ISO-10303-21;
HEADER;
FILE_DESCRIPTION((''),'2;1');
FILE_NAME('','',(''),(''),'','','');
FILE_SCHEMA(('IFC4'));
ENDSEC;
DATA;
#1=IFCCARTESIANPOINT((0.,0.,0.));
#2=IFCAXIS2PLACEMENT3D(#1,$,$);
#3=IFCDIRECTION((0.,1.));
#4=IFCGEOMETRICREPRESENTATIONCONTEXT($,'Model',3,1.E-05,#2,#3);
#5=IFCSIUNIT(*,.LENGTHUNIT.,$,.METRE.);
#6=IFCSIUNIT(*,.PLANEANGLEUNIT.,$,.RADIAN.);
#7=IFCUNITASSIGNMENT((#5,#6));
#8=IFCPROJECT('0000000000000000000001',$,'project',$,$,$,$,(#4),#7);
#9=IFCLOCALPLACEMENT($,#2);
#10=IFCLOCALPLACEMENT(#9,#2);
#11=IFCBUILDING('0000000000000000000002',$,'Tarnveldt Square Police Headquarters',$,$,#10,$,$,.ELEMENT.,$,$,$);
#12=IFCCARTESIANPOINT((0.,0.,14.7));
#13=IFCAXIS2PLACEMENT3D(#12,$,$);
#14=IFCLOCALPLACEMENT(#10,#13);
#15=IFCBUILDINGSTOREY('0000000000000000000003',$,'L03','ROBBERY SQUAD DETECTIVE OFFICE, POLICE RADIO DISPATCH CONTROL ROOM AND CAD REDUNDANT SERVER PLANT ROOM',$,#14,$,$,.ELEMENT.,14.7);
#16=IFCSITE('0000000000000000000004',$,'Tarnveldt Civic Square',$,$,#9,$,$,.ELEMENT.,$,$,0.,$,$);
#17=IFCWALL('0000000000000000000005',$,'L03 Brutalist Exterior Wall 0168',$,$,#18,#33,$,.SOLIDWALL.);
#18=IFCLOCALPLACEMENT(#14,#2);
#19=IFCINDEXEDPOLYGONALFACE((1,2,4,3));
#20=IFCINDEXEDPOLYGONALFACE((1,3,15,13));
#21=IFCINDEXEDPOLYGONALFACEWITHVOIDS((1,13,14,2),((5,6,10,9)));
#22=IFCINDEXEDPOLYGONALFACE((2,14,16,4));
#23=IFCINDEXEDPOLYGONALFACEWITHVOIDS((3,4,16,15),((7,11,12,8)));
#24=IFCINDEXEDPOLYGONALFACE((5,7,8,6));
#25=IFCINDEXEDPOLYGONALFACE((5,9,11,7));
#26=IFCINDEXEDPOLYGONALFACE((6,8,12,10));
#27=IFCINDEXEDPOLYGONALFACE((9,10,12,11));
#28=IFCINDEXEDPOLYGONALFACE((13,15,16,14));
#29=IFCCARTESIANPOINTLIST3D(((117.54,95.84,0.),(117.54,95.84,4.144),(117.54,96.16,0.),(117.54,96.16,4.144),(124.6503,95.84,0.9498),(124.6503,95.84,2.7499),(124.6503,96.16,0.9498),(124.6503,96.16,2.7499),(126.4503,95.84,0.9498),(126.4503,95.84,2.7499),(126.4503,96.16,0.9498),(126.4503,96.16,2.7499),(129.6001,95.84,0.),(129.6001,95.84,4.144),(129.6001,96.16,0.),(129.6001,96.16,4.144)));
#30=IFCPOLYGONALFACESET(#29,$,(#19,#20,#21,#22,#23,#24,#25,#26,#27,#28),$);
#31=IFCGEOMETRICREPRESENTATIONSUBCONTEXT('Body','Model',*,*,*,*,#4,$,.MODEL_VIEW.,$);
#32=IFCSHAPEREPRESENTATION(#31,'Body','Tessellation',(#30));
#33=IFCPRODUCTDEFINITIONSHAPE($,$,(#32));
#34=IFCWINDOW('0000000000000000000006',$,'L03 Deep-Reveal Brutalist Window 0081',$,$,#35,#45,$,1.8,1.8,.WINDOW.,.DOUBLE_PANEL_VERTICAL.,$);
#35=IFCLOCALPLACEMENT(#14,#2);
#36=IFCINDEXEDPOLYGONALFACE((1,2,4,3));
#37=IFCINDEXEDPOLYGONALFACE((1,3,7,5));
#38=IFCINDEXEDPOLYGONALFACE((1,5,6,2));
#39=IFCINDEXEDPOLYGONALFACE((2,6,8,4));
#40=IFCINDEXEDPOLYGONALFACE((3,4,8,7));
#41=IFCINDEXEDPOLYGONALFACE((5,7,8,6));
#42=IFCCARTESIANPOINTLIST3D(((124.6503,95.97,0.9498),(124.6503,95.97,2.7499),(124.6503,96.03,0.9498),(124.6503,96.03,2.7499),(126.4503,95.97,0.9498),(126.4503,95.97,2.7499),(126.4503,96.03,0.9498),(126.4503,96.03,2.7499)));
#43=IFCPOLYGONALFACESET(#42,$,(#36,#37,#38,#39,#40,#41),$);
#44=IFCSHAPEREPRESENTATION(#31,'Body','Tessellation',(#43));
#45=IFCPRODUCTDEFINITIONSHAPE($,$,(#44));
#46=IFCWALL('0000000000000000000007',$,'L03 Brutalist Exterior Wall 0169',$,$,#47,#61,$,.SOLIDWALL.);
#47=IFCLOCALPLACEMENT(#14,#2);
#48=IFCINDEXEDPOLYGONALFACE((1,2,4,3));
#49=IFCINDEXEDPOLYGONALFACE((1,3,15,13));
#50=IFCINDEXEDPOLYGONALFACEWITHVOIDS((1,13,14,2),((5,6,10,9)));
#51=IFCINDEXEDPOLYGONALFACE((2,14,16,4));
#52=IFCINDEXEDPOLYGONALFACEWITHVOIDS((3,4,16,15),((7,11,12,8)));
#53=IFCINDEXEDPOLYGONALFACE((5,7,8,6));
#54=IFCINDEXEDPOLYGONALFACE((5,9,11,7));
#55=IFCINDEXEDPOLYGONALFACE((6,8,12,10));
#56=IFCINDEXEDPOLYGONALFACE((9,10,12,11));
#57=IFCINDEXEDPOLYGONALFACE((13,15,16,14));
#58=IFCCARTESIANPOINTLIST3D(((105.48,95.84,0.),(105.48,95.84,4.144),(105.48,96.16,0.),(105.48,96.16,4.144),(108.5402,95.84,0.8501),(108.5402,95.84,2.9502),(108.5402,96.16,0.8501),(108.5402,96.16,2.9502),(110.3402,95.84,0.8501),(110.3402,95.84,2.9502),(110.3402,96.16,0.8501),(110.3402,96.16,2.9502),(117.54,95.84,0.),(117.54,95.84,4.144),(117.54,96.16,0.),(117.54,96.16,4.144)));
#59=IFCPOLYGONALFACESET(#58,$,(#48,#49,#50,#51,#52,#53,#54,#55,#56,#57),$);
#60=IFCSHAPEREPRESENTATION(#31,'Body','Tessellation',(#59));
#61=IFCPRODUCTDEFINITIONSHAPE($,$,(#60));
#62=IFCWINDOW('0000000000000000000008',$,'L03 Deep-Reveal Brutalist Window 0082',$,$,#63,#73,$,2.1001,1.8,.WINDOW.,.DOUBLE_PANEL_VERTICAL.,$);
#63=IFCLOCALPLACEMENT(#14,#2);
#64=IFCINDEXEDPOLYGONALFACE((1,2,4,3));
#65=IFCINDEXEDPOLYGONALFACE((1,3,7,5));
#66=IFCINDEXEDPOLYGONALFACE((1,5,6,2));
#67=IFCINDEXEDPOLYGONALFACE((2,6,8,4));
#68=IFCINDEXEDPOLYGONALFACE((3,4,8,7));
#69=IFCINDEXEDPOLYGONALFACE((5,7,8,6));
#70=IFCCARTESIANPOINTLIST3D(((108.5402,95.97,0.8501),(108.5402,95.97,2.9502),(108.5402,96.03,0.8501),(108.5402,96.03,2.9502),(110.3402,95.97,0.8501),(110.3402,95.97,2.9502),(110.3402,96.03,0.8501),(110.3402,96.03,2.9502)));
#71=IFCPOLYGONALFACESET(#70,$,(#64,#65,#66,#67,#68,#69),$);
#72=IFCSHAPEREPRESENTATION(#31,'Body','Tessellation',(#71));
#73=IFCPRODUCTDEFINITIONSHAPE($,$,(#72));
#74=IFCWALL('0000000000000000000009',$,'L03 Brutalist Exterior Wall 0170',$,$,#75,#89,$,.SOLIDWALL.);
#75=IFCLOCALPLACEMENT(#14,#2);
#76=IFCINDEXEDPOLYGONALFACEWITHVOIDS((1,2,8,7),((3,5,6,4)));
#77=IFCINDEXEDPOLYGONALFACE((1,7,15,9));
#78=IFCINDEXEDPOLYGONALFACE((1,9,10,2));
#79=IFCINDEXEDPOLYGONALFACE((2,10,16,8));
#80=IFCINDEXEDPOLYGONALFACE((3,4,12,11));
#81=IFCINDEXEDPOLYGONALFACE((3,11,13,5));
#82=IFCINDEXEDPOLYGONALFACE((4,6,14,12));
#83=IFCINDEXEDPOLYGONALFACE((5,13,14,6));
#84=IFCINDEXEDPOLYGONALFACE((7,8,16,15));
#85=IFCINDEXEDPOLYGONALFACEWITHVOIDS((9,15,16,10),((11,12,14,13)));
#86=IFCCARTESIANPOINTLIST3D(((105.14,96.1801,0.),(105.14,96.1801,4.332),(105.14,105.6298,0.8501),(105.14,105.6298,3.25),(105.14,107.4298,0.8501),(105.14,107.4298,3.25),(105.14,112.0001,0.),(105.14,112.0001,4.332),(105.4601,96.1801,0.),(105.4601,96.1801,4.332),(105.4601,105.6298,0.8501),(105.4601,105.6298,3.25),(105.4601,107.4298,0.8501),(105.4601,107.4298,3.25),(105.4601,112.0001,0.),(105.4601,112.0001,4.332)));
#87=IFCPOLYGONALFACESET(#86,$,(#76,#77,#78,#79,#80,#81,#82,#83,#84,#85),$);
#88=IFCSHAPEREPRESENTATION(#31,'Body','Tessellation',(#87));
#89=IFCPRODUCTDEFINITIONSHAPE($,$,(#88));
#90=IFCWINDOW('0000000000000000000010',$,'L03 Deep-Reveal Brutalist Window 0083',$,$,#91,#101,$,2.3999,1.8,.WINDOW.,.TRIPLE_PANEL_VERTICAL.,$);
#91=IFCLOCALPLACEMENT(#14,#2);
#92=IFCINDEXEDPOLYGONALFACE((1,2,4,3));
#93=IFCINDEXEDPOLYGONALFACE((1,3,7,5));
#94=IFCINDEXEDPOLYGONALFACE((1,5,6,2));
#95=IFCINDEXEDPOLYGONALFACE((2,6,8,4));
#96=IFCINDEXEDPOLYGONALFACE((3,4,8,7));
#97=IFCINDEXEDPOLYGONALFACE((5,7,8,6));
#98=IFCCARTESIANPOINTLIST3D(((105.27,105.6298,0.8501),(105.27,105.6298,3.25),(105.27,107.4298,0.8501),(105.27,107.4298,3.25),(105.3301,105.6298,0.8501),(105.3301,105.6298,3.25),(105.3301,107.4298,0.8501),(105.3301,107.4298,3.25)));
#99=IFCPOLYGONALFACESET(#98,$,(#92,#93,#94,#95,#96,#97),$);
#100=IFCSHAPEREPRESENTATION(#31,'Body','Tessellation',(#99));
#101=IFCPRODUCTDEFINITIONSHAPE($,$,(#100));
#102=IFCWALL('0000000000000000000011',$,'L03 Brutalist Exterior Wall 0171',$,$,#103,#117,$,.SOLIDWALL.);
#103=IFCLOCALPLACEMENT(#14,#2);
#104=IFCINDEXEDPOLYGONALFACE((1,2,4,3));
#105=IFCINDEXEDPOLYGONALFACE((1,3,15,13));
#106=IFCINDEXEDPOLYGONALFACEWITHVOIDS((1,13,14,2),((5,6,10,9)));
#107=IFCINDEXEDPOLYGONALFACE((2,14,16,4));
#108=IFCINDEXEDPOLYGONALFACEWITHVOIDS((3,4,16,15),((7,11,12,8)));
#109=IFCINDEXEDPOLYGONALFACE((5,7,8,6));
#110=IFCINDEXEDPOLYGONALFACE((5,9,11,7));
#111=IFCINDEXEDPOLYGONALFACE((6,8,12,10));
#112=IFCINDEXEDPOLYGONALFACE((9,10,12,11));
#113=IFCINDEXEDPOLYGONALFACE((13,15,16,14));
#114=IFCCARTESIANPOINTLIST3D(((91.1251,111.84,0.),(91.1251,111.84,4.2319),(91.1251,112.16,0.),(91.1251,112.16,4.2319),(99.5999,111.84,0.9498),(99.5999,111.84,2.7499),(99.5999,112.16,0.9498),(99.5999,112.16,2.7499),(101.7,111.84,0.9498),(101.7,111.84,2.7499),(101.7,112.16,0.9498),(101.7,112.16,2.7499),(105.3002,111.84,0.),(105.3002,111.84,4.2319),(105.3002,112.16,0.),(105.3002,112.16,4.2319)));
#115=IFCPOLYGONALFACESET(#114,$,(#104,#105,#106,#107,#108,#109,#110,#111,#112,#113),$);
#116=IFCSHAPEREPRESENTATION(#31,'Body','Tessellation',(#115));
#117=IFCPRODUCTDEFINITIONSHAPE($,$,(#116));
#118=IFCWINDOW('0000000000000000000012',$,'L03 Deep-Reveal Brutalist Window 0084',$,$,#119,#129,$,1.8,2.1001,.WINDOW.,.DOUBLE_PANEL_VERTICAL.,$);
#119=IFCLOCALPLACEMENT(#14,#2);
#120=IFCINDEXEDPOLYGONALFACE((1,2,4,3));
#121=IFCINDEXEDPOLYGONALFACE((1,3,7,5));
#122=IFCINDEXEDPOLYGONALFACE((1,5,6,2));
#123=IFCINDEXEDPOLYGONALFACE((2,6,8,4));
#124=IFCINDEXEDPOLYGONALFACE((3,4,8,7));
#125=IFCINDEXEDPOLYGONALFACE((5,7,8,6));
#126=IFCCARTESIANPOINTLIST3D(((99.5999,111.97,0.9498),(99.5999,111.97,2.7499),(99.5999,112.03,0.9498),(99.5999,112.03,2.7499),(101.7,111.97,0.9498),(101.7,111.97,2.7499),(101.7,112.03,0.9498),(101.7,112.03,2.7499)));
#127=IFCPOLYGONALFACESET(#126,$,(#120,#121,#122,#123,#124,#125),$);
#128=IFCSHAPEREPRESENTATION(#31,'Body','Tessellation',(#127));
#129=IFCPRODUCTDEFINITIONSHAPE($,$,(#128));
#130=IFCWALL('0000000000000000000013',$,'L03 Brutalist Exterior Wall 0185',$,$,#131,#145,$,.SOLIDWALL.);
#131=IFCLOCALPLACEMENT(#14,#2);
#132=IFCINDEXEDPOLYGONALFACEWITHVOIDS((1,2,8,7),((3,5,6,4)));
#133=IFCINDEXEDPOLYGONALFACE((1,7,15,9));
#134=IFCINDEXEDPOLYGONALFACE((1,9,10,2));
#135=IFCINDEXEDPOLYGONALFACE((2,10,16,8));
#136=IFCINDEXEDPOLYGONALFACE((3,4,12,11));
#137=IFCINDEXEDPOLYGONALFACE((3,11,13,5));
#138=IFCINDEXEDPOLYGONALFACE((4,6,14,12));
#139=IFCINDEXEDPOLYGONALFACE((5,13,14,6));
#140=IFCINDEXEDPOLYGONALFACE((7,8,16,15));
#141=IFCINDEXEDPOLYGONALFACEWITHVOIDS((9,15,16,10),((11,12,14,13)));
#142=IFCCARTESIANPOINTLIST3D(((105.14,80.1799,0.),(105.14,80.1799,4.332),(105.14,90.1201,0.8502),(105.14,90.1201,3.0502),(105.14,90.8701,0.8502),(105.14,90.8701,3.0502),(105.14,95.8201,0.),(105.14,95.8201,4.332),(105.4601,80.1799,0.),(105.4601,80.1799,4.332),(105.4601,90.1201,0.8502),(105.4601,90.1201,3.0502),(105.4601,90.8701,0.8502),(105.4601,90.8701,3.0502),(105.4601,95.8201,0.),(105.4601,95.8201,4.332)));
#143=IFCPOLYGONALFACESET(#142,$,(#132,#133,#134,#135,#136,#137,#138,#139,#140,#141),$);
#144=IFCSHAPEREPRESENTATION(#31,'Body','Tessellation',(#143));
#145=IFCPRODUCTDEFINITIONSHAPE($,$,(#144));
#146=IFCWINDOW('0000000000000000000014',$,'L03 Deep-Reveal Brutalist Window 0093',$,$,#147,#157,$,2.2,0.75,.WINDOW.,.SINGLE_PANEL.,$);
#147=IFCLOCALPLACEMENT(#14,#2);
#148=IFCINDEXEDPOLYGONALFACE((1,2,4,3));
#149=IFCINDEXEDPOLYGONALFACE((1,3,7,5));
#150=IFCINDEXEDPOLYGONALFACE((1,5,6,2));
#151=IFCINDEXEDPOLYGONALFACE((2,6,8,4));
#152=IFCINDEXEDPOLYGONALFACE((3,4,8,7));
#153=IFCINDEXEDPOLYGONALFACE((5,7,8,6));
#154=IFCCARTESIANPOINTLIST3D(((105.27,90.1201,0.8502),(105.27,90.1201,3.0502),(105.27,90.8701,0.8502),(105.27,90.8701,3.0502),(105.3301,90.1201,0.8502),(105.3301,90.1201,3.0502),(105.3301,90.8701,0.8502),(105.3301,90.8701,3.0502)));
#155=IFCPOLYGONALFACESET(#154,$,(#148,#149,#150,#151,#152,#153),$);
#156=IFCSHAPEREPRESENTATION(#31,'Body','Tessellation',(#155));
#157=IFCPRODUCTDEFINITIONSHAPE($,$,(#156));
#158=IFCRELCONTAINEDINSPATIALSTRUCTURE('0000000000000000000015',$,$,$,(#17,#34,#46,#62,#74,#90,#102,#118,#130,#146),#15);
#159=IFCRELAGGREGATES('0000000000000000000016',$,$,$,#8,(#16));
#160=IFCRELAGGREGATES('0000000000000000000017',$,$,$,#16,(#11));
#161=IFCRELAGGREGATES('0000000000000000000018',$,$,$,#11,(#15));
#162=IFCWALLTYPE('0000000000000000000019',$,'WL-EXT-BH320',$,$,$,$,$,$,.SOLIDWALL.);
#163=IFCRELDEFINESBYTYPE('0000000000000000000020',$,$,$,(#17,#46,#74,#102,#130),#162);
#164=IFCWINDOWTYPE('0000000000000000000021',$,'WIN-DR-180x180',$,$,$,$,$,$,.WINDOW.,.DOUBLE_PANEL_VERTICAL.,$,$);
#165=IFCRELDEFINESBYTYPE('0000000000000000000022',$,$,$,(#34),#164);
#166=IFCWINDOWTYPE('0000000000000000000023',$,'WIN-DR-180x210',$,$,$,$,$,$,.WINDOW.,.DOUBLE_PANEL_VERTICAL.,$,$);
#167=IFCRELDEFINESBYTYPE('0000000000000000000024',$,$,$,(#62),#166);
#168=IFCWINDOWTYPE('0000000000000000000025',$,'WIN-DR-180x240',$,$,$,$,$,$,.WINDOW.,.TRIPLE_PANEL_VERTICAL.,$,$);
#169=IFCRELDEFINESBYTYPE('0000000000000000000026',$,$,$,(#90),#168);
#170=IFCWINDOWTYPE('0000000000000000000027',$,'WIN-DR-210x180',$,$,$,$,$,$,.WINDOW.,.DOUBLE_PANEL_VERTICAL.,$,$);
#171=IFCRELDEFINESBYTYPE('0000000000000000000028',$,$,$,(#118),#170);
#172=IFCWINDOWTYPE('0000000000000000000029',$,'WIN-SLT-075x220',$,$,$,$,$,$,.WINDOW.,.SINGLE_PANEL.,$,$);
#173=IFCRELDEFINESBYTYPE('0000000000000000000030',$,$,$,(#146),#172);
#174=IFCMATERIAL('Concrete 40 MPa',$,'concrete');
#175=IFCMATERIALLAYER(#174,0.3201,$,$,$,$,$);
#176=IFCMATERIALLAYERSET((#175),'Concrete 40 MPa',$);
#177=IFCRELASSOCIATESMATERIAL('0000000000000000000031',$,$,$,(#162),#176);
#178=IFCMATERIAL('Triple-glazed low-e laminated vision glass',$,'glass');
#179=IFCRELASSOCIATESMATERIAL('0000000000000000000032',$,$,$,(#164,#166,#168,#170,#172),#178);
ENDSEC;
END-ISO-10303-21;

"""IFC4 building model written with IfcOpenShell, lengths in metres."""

from ifc_helpers import new_model, si_unit, direction, frame, frame_2d, origin, place, context, subcontext, project, spatial, rectangle, extrude, material, layer, layer_set, type_object, element, fill, save


model = new_model("IFC4")

# Units and contexts
model_context = context("Model", 3, precision=1e-05, world=origin(), true_north=direction((0.0, 1.0)))
body_context = subcontext(model_context, "Body", "Model", "MODEL_VIEW")
ifc_project = project(units=[si_unit("LENGTHUNIT", "METRE"), si_unit("PLANEANGLEUNIT", "RADIAN")], contexts=[model_context])

# Site, building, storey
site_placement = place(None, origin())
site = spatial("IfcSite", under=ifc_project, at=site_placement, Name="Tarnveldt Civic Square", CompositionType="ELEMENT", RefElevation=0.0)
building_placement = place(site_placement, origin())
building = spatial("IfcBuilding", under=site, at=building_placement, Name="Tarnveldt Square Police Headquarters", CompositionType="ELEMENT")
storey_placement = place(building_placement, frame((0.0, 0.0, 14.7)))
storey = spatial("IfcBuildingStorey", under=building, at=storey_placement, Name="L03", Description="ROBBERY SQUAD DETECTIVE OFFICE, POLICE RADIO DISPATCH CONTROL ROOM AND CAD REDUNDANT SERVER PLANT ROOM", CompositionType="ELEMENT", Elevation=14.7)

# Shared definitions
ifc_material_1 = material(Name="Concrete 40 MPa", Category="concrete")

# Shared definitions
ifc_material_2 = material(Name="Triple-glazed low-e laminated vision glass", Category="glass")

# Walls, openings, windows
ifc_layer_1 = layer(ifc_material_1, 0.3201)
ifc_layer_set_1 = layer_set([ifc_layer_1], Name="Concrete 40 MPa")
wall_type = type_object("IfcWallType", Name="WL-EXT-BH320", PredefinedType="SOLIDWALL", material=ifc_layer_set_1)
wall_1_placement = place(storey_placement, frame((129.6001, 96.0, 0.0), z_axis=(0.0, 0.0, 1.0), x_axis=(-1.0, 0.0, 0.0)))
wall_1 = element("IfcWall", 1, at=wall_1_placement, inside=storey, type_object=wall_type, Name="L03 Brutalist Exterior Wall 0168", PredefinedType="SOLIDWALL", context=body_context, shape_type="SweptSolid", body=[
    extrude(rectangle(XDim=12.0601, YDim=0.3201, at=frame_2d((6.03, 0.0))), origin(), (0.0, 0.0, 1.0), 4.144),
])
opening_1_placement = place(wall_1_placement, frame((3.1499, 0.0, 0.95)))
opening_1 = element("IfcOpeningElement", 2, at=opening_1_placement, cuts=wall_1, PredefinedType="OPENING", context=body_context, shape_type="SweptSolid", body=[
    extrude(rectangle(XDim=1.8, YDim=1.8, at=frame_2d((0.8999, 0.8999))), frame((0.0, 0.1699, 0.0), z_axis=(0.0, -1.0, 0.0), x_axis=(1.0, 0.0, 0.0)), (0.0, 0.0, 1.0), 0.3401),
])
window_type_1 = type_object("IfcWindowType", Name="WIN-DR-180x180", PartitioningType="DOUBLE_PANEL_VERTICAL", PredefinedType="WINDOW", material=ifc_material_2)
window_1_placement = place(opening_1_placement, origin())
window_1 = element("IfcWindow", 3, at=window_1_placement, inside=storey, type_object=window_type_1, Name="L03 Deep-Reveal Brutalist Window 0081", OverallHeight=1.8, OverallWidth=1.8, PartitioningType="DOUBLE_PANEL_VERTICAL", PredefinedType="WINDOW", context=body_context, shape_type="SweptSolid", body=[
    extrude(rectangle(XDim=1.8, YDim=1.8, at=frame_2d((0.8999, 0.8999))), frame((0.0, 0.03, 0.0), z_axis=(0.0, -1.0, 0.0), x_axis=(1.0, 0.0, 0.0)), (0.0, 0.0, 1.0), 0.0601),
])
fill(opening_1, window_1)
wall_2_placement = place(storey_placement, frame((117.54, 96.0, 0.0), z_axis=(0.0, 0.0, 1.0), x_axis=(-1.0, 0.0, 0.0)))
wall_2 = element("IfcWall", 4, at=wall_2_placement, inside=storey, type_object=wall_type, Name="L03 Brutalist Exterior Wall 0169", PredefinedType="SOLIDWALL", context=body_context, shape_type="SweptSolid", body=[
    extrude(rectangle(XDim=12.0601, YDim=0.3201, at=frame_2d((6.03, 0.0))), origin(), (0.0, 0.0, 1.0), 4.144),
])
opening_2_placement = place(wall_2_placement, frame((7.2, 0.0, 0.8501)))
opening_2 = element("IfcOpeningElement", 5, at=opening_2_placement, cuts=wall_2, PredefinedType="OPENING", context=body_context, shape_type="SweptSolid", body=[
    extrude(rectangle(XDim=1.8, YDim=2.1001, at=frame_2d((0.8999, 1.05))), frame((0.0, 0.1699, 0.0), z_axis=(0.0, -1.0, 0.0), x_axis=(1.0, 0.0, 0.0)), (0.0, 0.0, 1.0), 0.3401),
])
window_type_2 = type_object("IfcWindowType", Name="WIN-DR-180x210", PartitioningType="DOUBLE_PANEL_VERTICAL", PredefinedType="WINDOW", material=ifc_material_2)
window_2_placement = place(opening_2_placement, origin())
window_2 = element("IfcWindow", 6, at=window_2_placement, inside=storey, type_object=window_type_2, Name="L03 Deep-Reveal Brutalist Window 0082", OverallHeight=2.1001, OverallWidth=1.8, PartitioningType="DOUBLE_PANEL_VERTICAL", PredefinedType="WINDOW", context=body_context, shape_type="SweptSolid", body=[
    extrude(rectangle(XDim=1.8, YDim=2.1001, at=frame_2d((0.8999, 1.05))), frame((0.0, 0.03, 0.0), z_axis=(0.0, -1.0, 0.0), x_axis=(1.0, 0.0, 0.0)), (0.0, 0.0, 1.0), 0.0601),
])
fill(opening_2, window_2)
wall_3_placement = place(storey_placement, frame((105.3, 96.1799, 0.0), z_axis=(0.0, 0.0, 1.0), x_axis=(0.0, 1.0, 0.0)))
wall_3 = element("IfcWall", 7, at=wall_3_placement, inside=storey, type_object=wall_type, Name="L03 Brutalist Exterior Wall 0170", PredefinedType="SOLIDWALL", context=body_context, shape_type="SweptSolid", body=[
    extrude(rectangle(XDim=15.8201, YDim=0.3201, at=frame_2d((7.9102, 0.0))), origin(), (0.0, 0.0, 1.0), 4.332),
])
opening_3_placement = place(wall_3_placement, frame((9.45, 0.0, 0.8501)))
opening_3 = element("IfcOpeningElement", 8, at=opening_3_placement, cuts=wall_3, PredefinedType="OPENING", context=body_context, shape_type="SweptSolid", body=[
    extrude(rectangle(XDim=1.8, YDim=2.3999, at=frame_2d((0.8999, 1.2))), frame((0.0, 0.1699, 0.0), z_axis=(0.0, -1.0, 0.0), x_axis=(1.0, 0.0, 0.0)), (0.0, 0.0, 1.0), 0.3401),
])
window_type_3 = type_object("IfcWindowType", Name="WIN-DR-180x240", PartitioningType="TRIPLE_PANEL_VERTICAL", PredefinedType="WINDOW", material=ifc_material_2)
window_3_placement = place(opening_3_placement, origin())
window_3 = element("IfcWindow", 9, at=window_3_placement, inside=storey, type_object=window_type_3, Name="L03 Deep-Reveal Brutalist Window 0083", OverallHeight=2.3999, OverallWidth=1.8, PartitioningType="TRIPLE_PANEL_VERTICAL", PredefinedType="WINDOW", context=body_context, shape_type="SweptSolid", body=[
    extrude(rectangle(XDim=1.8, YDim=2.3999, at=frame_2d((0.8999, 1.2))), frame((0.0, 0.03, 0.0), z_axis=(0.0, -1.0, 0.0), x_axis=(1.0, 0.0, 0.0)), (0.0, 0.0, 1.0), 0.0601),
])
fill(opening_3, window_3)
wall_4_placement = place(storey_placement, frame((105.3, 112.0, 0.0), z_axis=(0.0, 0.0, 1.0), x_axis=(-1.0, 0.0, 0.0)))
wall_4 = element("IfcWall", 10, at=wall_4_placement, inside=storey, type_object=wall_type, Name="L03 Brutalist Exterior Wall 0171", PredefinedType="SOLIDWALL", context=body_context, shape_type="SweptSolid", body=[
    extrude(rectangle(XDim=14.175, YDim=0.3201, at=frame_2d((7.0874, 0.0))), origin(), (0.0, 0.0, 1.0), 4.2319),
])
opening_4_placement = place(wall_4_placement, frame((3.6001, 0.0, 0.95)))
opening_4 = element("IfcOpeningElement", 11, at=opening_4_placement, cuts=wall_4, PredefinedType="OPENING", context=body_context, shape_type="SweptSolid", body=[
    extrude(rectangle(XDim=2.1001, YDim=1.8, at=frame_2d((1.05, 0.8999))), frame((0.0, 0.1699, 0.0), z_axis=(0.0, -1.0, 0.0), x_axis=(1.0, 0.0, 0.0)), (0.0, 0.0, 1.0), 0.3401),
])
window_type_4 = type_object("IfcWindowType", Name="WIN-DR-210x180", PartitioningType="DOUBLE_PANEL_VERTICAL", PredefinedType="WINDOW", material=ifc_material_2)
window_4_placement = place(opening_4_placement, origin())
window_4 = element("IfcWindow", 12, at=window_4_placement, inside=storey, type_object=window_type_4, Name="L03 Deep-Reveal Brutalist Window 0084", OverallHeight=1.8, OverallWidth=2.1001, PartitioningType="DOUBLE_PANEL_VERTICAL", PredefinedType="WINDOW", context=body_context, shape_type="SweptSolid", body=[
    extrude(rectangle(XDim=2.1001, YDim=1.8, at=frame_2d((1.05, 0.8999))), frame((0.0, 0.03, 0.0), z_axis=(0.0, -1.0, 0.0), x_axis=(1.0, 0.0, 0.0)), (0.0, 0.0, 1.0), 0.0601),
])
fill(opening_4, window_4)
wall_5_placement = place(storey_placement, frame((105.3, 95.8201, 0.0), z_axis=(0.0, 0.0, 1.0), x_axis=(0.0, -1.0, 0.0)))
wall_5 = element("IfcWall", 13, at=wall_5_placement, inside=storey, type_object=wall_type, Name="L03 Brutalist Exterior Wall 0185", PredefinedType="SOLIDWALL", context=body_context, shape_type="SweptSolid", body=[
    extrude(rectangle(XDim=15.6401, YDim=0.3201, at=frame_2d((7.8201, 0.0))), origin(), (0.0, 0.0, 1.0), 4.332),
])
opening_5_placement = place(wall_5_placement, frame((4.95, 0.0, 0.8501)))
opening_5 = element("IfcOpeningElement", 14, at=opening_5_placement, cuts=wall_5, PredefinedType="OPENING", context=body_context, shape_type="SweptSolid", body=[
    extrude(rectangle(XDim=0.75, YDim=2.2, at=frame_2d((0.375, 1.1001))), frame((0.0, 0.1699, 0.0), z_axis=(0.0, -1.0, 0.0), x_axis=(1.0, 0.0, 0.0)), (0.0, 0.0, 1.0), 0.3401),
])
window_type_5 = type_object("IfcWindowType", Name="WIN-SLT-075x220", PartitioningType="SINGLE_PANEL", PredefinedType="WINDOW", material=ifc_material_2)
window_5_placement = place(opening_5_placement, origin())
window_5 = element("IfcWindow", 15, at=window_5_placement, inside=storey, type_object=window_type_5, Name="L03 Deep-Reveal Brutalist Window 0093", OverallHeight=2.2, OverallWidth=0.75, PartitioningType="SINGLE_PANEL", PredefinedType="WINDOW", context=body_context, shape_type="SweptSolid", body=[
    extrude(rectangle(XDim=0.75, YDim=2.2, at=frame_2d((0.375, 1.1001))), frame((0.0, 0.03, 0.0), z_axis=(0.0, -1.0, 0.0), x_axis=(1.0, 0.0, 0.0)), (0.0, 0.0, 1.0), 0.0601),
])
fill(opening_5, window_5)

save(model, "model.ifc")
